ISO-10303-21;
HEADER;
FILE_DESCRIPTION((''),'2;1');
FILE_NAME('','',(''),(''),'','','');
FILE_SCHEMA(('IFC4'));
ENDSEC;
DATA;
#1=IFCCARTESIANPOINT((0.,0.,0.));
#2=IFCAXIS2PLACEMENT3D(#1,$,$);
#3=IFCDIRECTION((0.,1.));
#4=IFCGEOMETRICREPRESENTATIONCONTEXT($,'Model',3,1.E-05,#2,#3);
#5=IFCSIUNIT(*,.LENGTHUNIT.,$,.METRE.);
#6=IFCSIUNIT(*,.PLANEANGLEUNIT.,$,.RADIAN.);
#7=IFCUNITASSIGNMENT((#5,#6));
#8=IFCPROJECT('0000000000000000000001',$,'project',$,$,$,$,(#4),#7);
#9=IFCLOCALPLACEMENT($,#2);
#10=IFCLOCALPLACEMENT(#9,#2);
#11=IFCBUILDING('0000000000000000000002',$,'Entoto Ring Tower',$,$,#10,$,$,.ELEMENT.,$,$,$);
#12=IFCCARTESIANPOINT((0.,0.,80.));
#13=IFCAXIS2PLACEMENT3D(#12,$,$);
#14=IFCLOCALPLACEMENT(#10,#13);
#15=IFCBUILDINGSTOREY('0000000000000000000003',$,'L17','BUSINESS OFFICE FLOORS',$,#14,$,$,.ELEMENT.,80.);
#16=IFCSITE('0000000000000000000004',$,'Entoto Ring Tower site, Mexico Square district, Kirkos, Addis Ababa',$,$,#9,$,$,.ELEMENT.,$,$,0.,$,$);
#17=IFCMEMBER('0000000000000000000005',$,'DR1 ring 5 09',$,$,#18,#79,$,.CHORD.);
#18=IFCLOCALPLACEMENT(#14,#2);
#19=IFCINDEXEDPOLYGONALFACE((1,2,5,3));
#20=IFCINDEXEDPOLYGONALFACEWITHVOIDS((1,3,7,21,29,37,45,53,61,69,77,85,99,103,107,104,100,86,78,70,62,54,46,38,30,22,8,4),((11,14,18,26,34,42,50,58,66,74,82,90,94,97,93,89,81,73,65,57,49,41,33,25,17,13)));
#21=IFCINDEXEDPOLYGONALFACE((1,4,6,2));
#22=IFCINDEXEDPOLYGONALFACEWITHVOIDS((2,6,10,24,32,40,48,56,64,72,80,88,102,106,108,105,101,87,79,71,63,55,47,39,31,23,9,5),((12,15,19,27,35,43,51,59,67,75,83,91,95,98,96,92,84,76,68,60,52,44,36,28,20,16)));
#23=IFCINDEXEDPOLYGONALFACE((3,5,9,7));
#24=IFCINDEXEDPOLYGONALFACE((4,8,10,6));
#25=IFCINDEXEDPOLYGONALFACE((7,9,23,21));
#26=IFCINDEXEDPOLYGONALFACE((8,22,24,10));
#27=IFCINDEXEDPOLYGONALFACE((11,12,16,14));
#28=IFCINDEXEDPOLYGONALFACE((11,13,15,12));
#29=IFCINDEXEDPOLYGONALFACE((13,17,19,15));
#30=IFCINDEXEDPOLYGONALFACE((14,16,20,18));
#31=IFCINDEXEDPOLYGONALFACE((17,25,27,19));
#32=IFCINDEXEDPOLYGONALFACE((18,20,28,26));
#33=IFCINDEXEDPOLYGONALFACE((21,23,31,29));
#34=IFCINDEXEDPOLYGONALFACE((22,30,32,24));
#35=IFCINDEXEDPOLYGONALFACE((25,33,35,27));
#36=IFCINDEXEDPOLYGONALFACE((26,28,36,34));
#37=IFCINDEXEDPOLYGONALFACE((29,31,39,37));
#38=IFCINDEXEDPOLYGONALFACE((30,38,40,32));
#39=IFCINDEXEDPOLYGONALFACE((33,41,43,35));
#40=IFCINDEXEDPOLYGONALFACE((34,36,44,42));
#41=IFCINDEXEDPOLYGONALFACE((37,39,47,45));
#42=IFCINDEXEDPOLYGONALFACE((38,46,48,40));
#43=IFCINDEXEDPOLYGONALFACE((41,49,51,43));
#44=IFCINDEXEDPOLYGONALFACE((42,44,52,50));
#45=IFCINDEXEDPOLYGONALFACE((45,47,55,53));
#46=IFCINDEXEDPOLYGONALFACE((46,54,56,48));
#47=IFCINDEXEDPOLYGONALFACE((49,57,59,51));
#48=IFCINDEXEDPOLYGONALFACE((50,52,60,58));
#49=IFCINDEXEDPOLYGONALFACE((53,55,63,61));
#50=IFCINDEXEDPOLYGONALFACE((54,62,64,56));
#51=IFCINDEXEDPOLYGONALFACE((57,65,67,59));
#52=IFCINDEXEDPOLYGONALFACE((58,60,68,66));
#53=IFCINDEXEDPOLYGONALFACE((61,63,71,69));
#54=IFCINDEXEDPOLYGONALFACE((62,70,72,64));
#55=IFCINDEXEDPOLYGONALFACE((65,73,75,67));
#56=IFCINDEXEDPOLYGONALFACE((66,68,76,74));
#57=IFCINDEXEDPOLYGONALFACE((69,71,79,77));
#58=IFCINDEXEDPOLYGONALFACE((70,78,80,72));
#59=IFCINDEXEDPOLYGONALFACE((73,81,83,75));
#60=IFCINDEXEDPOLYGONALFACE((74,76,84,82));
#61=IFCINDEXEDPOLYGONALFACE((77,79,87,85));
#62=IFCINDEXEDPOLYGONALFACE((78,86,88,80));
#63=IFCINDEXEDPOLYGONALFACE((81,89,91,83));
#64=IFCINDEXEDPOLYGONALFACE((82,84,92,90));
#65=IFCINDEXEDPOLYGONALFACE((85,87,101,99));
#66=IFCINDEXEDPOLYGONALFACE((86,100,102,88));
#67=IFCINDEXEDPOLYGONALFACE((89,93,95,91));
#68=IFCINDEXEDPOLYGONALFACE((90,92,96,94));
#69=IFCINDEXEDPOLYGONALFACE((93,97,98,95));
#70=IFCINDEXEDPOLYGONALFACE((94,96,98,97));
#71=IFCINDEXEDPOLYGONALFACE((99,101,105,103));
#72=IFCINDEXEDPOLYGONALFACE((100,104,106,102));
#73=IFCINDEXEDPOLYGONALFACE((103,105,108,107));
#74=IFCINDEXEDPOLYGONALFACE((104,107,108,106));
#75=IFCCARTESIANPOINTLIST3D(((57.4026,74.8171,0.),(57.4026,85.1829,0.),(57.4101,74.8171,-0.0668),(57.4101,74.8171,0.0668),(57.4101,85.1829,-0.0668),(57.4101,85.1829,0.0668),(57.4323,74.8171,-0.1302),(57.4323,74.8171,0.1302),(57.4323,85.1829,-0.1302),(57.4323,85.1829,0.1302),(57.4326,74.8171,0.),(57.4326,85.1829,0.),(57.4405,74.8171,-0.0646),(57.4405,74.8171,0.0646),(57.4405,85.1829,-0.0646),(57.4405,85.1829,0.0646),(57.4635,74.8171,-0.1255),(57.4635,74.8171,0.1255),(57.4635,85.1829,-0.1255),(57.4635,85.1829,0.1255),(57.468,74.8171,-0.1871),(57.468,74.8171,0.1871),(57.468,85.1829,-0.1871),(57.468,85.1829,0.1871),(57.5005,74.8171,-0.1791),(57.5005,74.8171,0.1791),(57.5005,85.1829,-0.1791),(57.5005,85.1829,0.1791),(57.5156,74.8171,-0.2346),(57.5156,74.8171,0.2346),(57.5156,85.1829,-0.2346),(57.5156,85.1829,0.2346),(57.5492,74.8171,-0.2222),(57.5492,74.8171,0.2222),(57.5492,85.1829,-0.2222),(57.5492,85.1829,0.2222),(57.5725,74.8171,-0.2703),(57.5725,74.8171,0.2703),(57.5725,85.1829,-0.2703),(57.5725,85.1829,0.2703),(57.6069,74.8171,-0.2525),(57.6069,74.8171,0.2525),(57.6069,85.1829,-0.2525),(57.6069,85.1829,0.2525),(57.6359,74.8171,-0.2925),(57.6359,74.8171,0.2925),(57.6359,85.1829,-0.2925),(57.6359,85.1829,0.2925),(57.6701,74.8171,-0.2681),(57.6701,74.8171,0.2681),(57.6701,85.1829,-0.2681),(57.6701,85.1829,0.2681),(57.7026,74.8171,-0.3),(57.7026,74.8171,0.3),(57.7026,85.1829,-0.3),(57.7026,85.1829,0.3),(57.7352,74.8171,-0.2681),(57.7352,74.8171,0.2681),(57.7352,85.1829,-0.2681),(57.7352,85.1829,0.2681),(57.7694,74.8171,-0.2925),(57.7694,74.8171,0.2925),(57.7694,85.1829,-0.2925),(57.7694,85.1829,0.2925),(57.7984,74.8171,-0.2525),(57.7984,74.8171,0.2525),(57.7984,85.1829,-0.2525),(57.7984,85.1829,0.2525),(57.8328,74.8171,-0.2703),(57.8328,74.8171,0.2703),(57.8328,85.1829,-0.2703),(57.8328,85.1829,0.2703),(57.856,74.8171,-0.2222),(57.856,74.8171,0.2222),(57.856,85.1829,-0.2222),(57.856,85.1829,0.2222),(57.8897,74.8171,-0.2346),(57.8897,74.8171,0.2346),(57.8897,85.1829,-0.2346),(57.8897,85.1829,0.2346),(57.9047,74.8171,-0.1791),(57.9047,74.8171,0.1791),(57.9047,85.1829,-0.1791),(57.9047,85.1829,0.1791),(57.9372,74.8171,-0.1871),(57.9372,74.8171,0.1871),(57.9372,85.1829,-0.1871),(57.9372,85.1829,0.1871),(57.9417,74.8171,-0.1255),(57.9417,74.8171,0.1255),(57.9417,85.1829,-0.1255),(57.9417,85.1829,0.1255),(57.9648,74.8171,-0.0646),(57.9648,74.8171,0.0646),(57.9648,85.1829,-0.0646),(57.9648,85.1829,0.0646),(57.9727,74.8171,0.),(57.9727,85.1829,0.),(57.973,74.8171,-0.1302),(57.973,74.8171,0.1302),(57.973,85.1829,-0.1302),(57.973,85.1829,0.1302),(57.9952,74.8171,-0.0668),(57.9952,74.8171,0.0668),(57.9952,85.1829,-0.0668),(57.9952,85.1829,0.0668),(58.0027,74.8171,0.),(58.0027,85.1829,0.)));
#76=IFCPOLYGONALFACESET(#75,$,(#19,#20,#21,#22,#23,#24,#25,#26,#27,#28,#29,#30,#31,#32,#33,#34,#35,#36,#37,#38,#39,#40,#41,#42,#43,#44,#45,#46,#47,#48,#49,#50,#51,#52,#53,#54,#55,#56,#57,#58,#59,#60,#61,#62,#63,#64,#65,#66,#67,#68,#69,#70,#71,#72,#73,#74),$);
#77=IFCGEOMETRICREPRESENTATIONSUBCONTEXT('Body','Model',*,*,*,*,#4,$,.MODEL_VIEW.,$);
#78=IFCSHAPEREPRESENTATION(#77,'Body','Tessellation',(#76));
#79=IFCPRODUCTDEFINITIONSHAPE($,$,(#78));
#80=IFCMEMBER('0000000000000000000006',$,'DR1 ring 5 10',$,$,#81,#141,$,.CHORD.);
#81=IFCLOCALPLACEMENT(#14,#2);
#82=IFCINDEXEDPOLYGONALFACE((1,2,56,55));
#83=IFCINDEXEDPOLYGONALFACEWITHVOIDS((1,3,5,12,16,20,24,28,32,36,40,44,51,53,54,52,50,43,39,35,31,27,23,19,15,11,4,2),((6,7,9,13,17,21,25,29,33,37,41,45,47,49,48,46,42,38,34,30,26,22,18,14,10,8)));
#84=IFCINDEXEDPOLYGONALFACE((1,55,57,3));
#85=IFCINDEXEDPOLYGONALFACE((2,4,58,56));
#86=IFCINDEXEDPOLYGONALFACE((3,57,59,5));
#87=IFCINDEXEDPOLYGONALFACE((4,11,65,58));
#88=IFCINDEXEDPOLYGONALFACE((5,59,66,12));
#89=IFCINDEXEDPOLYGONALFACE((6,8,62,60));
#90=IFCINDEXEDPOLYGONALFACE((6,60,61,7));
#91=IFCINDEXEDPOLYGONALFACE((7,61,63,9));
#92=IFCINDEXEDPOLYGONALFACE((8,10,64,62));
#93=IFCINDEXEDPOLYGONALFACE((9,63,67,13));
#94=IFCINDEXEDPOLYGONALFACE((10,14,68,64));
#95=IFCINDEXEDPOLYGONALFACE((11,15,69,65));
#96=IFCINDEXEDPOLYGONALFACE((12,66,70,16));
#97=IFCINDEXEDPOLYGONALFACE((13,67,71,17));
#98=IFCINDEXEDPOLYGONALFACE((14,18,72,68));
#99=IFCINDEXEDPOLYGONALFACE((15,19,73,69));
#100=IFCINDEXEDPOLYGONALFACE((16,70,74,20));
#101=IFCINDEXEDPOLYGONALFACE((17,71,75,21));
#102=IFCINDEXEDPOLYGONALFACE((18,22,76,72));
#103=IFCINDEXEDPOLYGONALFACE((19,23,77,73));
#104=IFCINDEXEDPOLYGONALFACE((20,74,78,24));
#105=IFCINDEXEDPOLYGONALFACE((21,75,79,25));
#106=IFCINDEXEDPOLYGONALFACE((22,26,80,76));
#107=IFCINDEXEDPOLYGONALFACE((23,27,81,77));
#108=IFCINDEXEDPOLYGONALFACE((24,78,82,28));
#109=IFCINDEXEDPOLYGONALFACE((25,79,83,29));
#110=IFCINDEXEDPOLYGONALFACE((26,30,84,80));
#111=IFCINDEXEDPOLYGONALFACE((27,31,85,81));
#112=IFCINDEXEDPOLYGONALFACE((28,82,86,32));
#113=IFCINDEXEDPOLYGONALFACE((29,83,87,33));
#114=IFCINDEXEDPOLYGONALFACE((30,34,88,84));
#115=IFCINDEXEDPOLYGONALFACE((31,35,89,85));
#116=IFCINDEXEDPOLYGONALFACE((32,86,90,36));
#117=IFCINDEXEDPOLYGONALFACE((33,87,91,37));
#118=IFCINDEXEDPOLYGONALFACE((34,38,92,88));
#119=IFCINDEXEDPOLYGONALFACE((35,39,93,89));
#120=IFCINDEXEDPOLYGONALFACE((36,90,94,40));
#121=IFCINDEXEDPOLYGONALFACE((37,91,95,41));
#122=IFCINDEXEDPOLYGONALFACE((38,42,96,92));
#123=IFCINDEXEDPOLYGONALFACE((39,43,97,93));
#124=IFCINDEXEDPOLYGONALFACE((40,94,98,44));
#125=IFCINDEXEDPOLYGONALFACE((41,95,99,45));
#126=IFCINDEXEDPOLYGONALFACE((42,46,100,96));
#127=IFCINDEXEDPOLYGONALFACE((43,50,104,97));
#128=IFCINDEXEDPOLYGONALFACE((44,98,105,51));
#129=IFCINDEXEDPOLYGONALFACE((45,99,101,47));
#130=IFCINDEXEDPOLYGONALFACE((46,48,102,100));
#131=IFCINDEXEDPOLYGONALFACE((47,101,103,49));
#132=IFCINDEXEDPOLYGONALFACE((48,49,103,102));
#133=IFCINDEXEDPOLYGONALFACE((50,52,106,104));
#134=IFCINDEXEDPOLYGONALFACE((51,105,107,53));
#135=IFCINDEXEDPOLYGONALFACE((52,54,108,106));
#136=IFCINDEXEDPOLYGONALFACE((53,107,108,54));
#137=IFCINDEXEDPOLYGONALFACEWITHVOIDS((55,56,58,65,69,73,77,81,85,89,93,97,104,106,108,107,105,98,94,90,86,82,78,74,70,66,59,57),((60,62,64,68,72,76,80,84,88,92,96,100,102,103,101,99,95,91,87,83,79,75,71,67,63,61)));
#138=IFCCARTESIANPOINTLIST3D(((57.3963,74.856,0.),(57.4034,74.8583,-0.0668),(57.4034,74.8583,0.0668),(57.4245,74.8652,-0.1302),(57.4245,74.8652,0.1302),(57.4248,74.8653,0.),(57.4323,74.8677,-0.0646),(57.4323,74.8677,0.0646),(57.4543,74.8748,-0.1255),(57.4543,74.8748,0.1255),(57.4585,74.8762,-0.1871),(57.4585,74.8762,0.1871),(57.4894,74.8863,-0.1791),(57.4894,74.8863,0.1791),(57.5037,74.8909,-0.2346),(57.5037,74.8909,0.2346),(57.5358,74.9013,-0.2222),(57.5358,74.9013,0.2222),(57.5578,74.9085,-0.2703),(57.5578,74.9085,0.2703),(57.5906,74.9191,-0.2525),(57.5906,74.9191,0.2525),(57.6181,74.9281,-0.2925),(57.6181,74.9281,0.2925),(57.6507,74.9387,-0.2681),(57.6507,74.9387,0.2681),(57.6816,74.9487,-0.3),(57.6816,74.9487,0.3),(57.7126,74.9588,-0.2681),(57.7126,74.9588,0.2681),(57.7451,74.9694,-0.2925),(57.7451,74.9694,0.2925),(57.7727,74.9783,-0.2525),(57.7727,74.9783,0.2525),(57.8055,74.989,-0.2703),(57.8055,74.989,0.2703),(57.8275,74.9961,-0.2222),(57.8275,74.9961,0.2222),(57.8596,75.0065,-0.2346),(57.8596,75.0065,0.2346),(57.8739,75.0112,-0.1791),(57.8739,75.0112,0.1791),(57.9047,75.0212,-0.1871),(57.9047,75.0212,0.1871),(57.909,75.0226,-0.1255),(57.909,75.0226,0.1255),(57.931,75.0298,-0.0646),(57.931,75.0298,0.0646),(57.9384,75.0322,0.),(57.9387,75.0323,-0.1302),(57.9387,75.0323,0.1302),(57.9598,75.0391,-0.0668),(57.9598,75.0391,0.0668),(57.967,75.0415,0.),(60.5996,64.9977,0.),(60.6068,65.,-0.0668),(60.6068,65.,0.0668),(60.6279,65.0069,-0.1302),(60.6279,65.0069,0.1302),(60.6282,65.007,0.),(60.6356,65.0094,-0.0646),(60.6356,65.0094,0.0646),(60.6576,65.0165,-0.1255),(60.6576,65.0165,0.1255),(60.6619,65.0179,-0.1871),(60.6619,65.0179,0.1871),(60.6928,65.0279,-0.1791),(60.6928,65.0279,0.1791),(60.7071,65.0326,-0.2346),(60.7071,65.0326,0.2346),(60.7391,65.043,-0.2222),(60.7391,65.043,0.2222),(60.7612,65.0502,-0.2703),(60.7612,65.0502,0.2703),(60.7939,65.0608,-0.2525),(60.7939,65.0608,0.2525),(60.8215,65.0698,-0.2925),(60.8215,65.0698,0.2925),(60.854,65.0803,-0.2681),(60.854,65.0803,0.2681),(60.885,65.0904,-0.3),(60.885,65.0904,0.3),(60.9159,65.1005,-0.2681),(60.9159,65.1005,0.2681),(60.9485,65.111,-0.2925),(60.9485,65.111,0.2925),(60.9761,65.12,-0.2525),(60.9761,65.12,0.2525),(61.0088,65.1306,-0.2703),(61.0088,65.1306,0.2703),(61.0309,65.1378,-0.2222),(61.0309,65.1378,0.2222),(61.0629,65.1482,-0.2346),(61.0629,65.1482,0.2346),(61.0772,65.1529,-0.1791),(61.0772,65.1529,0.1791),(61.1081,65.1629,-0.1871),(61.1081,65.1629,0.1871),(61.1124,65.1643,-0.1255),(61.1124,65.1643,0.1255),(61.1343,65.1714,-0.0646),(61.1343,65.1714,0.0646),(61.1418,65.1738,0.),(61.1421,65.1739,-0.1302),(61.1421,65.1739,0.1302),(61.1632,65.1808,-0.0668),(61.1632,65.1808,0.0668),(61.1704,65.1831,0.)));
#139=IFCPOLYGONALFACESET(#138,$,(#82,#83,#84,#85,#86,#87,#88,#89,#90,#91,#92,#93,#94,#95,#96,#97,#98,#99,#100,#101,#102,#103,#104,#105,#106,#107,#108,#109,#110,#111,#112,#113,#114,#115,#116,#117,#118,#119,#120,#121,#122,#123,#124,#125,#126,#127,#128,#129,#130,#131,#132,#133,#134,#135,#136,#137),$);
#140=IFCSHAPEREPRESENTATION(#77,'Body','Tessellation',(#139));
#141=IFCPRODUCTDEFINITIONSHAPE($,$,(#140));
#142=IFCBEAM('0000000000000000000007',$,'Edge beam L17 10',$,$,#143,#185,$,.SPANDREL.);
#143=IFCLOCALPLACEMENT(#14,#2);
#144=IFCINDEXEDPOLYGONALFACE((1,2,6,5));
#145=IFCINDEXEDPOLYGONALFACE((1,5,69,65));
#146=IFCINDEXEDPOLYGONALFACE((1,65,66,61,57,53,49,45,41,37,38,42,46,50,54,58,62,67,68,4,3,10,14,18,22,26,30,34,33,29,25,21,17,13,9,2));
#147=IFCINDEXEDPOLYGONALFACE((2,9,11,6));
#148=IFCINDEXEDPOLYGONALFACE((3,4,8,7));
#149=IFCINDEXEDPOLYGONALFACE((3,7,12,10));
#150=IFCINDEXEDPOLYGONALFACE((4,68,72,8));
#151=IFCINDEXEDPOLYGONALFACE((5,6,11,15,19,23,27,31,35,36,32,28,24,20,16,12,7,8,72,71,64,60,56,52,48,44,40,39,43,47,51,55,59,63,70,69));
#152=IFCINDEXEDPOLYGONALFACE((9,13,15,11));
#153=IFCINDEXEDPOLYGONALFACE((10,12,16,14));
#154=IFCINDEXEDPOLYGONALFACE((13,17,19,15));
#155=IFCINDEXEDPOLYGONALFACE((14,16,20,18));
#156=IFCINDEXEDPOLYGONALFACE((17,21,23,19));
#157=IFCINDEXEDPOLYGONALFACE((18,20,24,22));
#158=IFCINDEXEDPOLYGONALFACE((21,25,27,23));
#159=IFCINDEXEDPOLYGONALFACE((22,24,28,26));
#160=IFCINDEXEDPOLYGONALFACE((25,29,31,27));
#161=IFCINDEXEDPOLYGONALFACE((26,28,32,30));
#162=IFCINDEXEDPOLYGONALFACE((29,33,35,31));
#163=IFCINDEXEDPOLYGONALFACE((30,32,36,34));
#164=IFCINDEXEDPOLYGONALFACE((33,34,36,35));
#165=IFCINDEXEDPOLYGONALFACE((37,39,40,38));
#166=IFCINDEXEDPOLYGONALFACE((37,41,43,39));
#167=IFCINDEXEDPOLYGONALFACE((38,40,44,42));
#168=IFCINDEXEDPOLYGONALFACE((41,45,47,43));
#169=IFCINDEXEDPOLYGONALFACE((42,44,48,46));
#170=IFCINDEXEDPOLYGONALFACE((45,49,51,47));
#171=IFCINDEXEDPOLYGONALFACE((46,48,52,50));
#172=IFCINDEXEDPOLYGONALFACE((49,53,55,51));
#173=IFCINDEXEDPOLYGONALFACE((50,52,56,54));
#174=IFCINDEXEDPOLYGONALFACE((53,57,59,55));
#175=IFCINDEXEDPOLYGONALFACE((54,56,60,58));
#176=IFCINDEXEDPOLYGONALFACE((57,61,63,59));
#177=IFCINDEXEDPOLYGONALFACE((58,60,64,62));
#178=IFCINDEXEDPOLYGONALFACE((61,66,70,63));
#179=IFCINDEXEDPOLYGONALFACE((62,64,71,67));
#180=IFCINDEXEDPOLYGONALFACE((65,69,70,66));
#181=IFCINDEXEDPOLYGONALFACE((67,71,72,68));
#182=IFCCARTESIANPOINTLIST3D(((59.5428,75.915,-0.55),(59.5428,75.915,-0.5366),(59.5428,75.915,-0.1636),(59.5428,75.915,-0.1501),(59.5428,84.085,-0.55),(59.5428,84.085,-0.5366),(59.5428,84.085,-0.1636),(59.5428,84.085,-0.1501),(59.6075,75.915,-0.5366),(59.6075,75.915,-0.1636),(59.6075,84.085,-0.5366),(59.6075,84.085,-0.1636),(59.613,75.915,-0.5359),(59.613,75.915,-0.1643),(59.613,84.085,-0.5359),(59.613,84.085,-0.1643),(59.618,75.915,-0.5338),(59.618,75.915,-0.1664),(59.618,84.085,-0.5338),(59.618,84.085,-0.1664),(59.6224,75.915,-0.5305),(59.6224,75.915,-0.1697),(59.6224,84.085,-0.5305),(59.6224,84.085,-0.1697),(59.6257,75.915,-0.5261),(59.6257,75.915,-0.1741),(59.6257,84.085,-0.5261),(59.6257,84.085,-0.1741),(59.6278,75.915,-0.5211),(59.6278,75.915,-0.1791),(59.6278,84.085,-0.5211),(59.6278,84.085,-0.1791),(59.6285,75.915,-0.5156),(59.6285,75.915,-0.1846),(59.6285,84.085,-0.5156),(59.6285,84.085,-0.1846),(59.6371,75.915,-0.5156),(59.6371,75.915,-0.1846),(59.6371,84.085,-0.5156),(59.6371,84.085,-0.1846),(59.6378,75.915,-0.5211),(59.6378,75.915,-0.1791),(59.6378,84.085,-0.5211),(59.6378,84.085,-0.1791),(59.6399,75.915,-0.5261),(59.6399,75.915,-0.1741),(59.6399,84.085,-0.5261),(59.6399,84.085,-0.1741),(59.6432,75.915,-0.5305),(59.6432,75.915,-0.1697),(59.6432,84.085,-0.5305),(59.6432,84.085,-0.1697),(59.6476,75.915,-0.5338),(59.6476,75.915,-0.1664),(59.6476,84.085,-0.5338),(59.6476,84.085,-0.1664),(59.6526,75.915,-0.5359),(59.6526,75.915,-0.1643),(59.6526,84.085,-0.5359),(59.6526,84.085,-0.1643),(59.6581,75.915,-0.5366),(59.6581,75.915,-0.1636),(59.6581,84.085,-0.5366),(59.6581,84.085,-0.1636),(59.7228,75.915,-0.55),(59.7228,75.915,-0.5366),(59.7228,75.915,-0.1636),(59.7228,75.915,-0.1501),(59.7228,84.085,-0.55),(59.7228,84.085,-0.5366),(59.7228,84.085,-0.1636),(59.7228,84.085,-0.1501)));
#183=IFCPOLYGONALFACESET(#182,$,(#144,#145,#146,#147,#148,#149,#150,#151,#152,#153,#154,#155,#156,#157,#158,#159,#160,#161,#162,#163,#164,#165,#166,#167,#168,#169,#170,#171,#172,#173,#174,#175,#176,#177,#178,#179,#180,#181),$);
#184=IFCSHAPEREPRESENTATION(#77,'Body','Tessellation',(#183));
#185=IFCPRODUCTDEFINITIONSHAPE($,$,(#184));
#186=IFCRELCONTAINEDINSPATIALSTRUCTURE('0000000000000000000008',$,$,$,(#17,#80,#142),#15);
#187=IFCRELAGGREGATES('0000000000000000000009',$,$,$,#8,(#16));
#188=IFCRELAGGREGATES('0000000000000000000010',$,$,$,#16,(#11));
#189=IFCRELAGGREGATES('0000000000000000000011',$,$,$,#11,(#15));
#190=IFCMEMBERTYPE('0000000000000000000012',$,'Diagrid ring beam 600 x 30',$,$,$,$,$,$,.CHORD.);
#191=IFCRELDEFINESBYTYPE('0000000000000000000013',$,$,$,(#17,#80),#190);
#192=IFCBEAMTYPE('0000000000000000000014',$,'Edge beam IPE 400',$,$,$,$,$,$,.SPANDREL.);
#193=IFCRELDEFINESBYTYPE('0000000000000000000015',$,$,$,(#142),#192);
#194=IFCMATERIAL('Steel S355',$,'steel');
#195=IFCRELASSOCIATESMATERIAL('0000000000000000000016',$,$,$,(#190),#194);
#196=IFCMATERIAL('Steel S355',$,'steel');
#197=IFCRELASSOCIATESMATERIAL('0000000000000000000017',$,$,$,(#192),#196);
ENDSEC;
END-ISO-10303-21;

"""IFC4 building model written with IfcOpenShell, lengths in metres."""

from ifc_helpers import new_model, si_unit, direction, frame, origin, origin_2d, place, context, subcontext, project, spatial, circle, hollow_circle, i_section, extrude, material, material_profile, profile_set, type_object, element, save


model = new_model("IFC4")

# Units and contexts
model_context = context("Model", 3, precision=1e-05, world=origin(), true_north=direction((0.0, 1.0)))
body_context = subcontext(model_context, "Body", "Model", "MODEL_VIEW")
ifc_project = project(units=[si_unit("LENGTHUNIT", "METRE"), si_unit("PLANEANGLEUNIT", "RADIAN")], contexts=[model_context])

# Site, building, storey
site_placement = place(None, origin())
site = spatial("IfcSite", under=ifc_project, at=site_placement, Name="Entoto Ring Tower site, Mexico Square district, Kirkos, Addis Ababa", CompositionType="ELEMENT", RefElevation=0.0)
building_placement = place(site_placement, origin())
building = spatial("IfcBuilding", under=site, at=building_placement, Name="Entoto Ring Tower", CompositionType="ELEMENT")
storey_placement = place(building_placement, frame((0.0, 0.0, 80.0)))
storey = spatial("IfcBuildingStorey", under=building, at=storey_placement, Name="L17", Description="BUSINESS OFFICE FLOORS", CompositionType="ELEMENT", Elevation=80.0)

# Members
ifc_material_1 = material(Name="Steel S355", Category="steel")
ifc_material_profile_1 = material_profile(ifc_material_1, hollow_circle(Radius=0.3, WallThickness=0.03, at=origin_2d()), Name="CHS 600 x 30")
ifc_material_2 = material(Name="Concrete C60/75", Category="concrete")
ifc_material_profile_2 = material_profile(ifc_material_2, circle(Radius=0.27, at=origin_2d()), Name="Concrete C60/75 infill")
ifc_profile_set_1 = profile_set([ifc_material_profile_1, ifc_material_profile_2], Name="Steel S355")
member_type_1 = type_object("IfcMemberType", Name="Diagrid ring beam 600 x 30", PredefinedType="CHORD", material=ifc_profile_set_1)
for number, where, z_axis, x_axis, name in (
    (1, (57.7026, 85.1829, 0.0), (0.0, -1.0, 0.0), (1.0, 0.0, 0.0), "DR1 ring 5 09"),
    (2, (57.6816, 74.9487, 0.0), (0.309033, -0.951051, 0.0), (0.951051, 0.309033, 0.0), "DR1 ring 5 10"),
):
    element("IfcMember", number, at=place(storey_placement, frame(where, z_axis=z_axis, x_axis=x_axis)), inside=storey, type_object=member_type_1, Name=name, PredefinedType="CHORD", context=body_context, shape_type="SweptSolid", body=[
        extrude(hollow_circle(Radius=0.3, WallThickness=0.03, at=origin_2d()), origin(), (0.0, 0.0, 1.0), 10.3657),
    ])

# Beam
ifc_material_3 = material(Name="Steel S355", Category="steel")
ifc_material_profile_3 = material_profile(ifc_material_3, i_section(OverallWidth=0.1799, OverallDepth=0.3999, WebThickness=0.0085, FlangeThickness=0.0134, FilletRadius=0.021, at=origin_2d()), Name="IPE 400")
ifc_profile_set_2 = profile_set([ifc_material_profile_3], Name="Steel S355")
beam_type_1 = type_object("IfcBeamType", Name="Edge beam IPE 400", PredefinedType="SPANDREL", material=ifc_profile_set_2)
beam_1_placement = place(storey_placement, frame((59.6328, 84.085, -0.3501), z_axis=(0.0, -1.0, 0.0), x_axis=(1.0, 0.0, 0.0)))
element("IfcBeam", 3, at=beam_1_placement, inside=storey, type_object=beam_type_1, Name="Edge beam L17 10", PredefinedType="SPANDREL", context=body_context, shape_type="SweptSolid", body=[
    extrude(i_section(OverallWidth=0.1799, OverallDepth=0.3999, WebThickness=0.0085, FlangeThickness=0.0134, FilletRadius=0.021, at=origin_2d()), origin(), (0.0, 0.0, 1.0), 8.1699),
])

save(model, "model.ifc")
